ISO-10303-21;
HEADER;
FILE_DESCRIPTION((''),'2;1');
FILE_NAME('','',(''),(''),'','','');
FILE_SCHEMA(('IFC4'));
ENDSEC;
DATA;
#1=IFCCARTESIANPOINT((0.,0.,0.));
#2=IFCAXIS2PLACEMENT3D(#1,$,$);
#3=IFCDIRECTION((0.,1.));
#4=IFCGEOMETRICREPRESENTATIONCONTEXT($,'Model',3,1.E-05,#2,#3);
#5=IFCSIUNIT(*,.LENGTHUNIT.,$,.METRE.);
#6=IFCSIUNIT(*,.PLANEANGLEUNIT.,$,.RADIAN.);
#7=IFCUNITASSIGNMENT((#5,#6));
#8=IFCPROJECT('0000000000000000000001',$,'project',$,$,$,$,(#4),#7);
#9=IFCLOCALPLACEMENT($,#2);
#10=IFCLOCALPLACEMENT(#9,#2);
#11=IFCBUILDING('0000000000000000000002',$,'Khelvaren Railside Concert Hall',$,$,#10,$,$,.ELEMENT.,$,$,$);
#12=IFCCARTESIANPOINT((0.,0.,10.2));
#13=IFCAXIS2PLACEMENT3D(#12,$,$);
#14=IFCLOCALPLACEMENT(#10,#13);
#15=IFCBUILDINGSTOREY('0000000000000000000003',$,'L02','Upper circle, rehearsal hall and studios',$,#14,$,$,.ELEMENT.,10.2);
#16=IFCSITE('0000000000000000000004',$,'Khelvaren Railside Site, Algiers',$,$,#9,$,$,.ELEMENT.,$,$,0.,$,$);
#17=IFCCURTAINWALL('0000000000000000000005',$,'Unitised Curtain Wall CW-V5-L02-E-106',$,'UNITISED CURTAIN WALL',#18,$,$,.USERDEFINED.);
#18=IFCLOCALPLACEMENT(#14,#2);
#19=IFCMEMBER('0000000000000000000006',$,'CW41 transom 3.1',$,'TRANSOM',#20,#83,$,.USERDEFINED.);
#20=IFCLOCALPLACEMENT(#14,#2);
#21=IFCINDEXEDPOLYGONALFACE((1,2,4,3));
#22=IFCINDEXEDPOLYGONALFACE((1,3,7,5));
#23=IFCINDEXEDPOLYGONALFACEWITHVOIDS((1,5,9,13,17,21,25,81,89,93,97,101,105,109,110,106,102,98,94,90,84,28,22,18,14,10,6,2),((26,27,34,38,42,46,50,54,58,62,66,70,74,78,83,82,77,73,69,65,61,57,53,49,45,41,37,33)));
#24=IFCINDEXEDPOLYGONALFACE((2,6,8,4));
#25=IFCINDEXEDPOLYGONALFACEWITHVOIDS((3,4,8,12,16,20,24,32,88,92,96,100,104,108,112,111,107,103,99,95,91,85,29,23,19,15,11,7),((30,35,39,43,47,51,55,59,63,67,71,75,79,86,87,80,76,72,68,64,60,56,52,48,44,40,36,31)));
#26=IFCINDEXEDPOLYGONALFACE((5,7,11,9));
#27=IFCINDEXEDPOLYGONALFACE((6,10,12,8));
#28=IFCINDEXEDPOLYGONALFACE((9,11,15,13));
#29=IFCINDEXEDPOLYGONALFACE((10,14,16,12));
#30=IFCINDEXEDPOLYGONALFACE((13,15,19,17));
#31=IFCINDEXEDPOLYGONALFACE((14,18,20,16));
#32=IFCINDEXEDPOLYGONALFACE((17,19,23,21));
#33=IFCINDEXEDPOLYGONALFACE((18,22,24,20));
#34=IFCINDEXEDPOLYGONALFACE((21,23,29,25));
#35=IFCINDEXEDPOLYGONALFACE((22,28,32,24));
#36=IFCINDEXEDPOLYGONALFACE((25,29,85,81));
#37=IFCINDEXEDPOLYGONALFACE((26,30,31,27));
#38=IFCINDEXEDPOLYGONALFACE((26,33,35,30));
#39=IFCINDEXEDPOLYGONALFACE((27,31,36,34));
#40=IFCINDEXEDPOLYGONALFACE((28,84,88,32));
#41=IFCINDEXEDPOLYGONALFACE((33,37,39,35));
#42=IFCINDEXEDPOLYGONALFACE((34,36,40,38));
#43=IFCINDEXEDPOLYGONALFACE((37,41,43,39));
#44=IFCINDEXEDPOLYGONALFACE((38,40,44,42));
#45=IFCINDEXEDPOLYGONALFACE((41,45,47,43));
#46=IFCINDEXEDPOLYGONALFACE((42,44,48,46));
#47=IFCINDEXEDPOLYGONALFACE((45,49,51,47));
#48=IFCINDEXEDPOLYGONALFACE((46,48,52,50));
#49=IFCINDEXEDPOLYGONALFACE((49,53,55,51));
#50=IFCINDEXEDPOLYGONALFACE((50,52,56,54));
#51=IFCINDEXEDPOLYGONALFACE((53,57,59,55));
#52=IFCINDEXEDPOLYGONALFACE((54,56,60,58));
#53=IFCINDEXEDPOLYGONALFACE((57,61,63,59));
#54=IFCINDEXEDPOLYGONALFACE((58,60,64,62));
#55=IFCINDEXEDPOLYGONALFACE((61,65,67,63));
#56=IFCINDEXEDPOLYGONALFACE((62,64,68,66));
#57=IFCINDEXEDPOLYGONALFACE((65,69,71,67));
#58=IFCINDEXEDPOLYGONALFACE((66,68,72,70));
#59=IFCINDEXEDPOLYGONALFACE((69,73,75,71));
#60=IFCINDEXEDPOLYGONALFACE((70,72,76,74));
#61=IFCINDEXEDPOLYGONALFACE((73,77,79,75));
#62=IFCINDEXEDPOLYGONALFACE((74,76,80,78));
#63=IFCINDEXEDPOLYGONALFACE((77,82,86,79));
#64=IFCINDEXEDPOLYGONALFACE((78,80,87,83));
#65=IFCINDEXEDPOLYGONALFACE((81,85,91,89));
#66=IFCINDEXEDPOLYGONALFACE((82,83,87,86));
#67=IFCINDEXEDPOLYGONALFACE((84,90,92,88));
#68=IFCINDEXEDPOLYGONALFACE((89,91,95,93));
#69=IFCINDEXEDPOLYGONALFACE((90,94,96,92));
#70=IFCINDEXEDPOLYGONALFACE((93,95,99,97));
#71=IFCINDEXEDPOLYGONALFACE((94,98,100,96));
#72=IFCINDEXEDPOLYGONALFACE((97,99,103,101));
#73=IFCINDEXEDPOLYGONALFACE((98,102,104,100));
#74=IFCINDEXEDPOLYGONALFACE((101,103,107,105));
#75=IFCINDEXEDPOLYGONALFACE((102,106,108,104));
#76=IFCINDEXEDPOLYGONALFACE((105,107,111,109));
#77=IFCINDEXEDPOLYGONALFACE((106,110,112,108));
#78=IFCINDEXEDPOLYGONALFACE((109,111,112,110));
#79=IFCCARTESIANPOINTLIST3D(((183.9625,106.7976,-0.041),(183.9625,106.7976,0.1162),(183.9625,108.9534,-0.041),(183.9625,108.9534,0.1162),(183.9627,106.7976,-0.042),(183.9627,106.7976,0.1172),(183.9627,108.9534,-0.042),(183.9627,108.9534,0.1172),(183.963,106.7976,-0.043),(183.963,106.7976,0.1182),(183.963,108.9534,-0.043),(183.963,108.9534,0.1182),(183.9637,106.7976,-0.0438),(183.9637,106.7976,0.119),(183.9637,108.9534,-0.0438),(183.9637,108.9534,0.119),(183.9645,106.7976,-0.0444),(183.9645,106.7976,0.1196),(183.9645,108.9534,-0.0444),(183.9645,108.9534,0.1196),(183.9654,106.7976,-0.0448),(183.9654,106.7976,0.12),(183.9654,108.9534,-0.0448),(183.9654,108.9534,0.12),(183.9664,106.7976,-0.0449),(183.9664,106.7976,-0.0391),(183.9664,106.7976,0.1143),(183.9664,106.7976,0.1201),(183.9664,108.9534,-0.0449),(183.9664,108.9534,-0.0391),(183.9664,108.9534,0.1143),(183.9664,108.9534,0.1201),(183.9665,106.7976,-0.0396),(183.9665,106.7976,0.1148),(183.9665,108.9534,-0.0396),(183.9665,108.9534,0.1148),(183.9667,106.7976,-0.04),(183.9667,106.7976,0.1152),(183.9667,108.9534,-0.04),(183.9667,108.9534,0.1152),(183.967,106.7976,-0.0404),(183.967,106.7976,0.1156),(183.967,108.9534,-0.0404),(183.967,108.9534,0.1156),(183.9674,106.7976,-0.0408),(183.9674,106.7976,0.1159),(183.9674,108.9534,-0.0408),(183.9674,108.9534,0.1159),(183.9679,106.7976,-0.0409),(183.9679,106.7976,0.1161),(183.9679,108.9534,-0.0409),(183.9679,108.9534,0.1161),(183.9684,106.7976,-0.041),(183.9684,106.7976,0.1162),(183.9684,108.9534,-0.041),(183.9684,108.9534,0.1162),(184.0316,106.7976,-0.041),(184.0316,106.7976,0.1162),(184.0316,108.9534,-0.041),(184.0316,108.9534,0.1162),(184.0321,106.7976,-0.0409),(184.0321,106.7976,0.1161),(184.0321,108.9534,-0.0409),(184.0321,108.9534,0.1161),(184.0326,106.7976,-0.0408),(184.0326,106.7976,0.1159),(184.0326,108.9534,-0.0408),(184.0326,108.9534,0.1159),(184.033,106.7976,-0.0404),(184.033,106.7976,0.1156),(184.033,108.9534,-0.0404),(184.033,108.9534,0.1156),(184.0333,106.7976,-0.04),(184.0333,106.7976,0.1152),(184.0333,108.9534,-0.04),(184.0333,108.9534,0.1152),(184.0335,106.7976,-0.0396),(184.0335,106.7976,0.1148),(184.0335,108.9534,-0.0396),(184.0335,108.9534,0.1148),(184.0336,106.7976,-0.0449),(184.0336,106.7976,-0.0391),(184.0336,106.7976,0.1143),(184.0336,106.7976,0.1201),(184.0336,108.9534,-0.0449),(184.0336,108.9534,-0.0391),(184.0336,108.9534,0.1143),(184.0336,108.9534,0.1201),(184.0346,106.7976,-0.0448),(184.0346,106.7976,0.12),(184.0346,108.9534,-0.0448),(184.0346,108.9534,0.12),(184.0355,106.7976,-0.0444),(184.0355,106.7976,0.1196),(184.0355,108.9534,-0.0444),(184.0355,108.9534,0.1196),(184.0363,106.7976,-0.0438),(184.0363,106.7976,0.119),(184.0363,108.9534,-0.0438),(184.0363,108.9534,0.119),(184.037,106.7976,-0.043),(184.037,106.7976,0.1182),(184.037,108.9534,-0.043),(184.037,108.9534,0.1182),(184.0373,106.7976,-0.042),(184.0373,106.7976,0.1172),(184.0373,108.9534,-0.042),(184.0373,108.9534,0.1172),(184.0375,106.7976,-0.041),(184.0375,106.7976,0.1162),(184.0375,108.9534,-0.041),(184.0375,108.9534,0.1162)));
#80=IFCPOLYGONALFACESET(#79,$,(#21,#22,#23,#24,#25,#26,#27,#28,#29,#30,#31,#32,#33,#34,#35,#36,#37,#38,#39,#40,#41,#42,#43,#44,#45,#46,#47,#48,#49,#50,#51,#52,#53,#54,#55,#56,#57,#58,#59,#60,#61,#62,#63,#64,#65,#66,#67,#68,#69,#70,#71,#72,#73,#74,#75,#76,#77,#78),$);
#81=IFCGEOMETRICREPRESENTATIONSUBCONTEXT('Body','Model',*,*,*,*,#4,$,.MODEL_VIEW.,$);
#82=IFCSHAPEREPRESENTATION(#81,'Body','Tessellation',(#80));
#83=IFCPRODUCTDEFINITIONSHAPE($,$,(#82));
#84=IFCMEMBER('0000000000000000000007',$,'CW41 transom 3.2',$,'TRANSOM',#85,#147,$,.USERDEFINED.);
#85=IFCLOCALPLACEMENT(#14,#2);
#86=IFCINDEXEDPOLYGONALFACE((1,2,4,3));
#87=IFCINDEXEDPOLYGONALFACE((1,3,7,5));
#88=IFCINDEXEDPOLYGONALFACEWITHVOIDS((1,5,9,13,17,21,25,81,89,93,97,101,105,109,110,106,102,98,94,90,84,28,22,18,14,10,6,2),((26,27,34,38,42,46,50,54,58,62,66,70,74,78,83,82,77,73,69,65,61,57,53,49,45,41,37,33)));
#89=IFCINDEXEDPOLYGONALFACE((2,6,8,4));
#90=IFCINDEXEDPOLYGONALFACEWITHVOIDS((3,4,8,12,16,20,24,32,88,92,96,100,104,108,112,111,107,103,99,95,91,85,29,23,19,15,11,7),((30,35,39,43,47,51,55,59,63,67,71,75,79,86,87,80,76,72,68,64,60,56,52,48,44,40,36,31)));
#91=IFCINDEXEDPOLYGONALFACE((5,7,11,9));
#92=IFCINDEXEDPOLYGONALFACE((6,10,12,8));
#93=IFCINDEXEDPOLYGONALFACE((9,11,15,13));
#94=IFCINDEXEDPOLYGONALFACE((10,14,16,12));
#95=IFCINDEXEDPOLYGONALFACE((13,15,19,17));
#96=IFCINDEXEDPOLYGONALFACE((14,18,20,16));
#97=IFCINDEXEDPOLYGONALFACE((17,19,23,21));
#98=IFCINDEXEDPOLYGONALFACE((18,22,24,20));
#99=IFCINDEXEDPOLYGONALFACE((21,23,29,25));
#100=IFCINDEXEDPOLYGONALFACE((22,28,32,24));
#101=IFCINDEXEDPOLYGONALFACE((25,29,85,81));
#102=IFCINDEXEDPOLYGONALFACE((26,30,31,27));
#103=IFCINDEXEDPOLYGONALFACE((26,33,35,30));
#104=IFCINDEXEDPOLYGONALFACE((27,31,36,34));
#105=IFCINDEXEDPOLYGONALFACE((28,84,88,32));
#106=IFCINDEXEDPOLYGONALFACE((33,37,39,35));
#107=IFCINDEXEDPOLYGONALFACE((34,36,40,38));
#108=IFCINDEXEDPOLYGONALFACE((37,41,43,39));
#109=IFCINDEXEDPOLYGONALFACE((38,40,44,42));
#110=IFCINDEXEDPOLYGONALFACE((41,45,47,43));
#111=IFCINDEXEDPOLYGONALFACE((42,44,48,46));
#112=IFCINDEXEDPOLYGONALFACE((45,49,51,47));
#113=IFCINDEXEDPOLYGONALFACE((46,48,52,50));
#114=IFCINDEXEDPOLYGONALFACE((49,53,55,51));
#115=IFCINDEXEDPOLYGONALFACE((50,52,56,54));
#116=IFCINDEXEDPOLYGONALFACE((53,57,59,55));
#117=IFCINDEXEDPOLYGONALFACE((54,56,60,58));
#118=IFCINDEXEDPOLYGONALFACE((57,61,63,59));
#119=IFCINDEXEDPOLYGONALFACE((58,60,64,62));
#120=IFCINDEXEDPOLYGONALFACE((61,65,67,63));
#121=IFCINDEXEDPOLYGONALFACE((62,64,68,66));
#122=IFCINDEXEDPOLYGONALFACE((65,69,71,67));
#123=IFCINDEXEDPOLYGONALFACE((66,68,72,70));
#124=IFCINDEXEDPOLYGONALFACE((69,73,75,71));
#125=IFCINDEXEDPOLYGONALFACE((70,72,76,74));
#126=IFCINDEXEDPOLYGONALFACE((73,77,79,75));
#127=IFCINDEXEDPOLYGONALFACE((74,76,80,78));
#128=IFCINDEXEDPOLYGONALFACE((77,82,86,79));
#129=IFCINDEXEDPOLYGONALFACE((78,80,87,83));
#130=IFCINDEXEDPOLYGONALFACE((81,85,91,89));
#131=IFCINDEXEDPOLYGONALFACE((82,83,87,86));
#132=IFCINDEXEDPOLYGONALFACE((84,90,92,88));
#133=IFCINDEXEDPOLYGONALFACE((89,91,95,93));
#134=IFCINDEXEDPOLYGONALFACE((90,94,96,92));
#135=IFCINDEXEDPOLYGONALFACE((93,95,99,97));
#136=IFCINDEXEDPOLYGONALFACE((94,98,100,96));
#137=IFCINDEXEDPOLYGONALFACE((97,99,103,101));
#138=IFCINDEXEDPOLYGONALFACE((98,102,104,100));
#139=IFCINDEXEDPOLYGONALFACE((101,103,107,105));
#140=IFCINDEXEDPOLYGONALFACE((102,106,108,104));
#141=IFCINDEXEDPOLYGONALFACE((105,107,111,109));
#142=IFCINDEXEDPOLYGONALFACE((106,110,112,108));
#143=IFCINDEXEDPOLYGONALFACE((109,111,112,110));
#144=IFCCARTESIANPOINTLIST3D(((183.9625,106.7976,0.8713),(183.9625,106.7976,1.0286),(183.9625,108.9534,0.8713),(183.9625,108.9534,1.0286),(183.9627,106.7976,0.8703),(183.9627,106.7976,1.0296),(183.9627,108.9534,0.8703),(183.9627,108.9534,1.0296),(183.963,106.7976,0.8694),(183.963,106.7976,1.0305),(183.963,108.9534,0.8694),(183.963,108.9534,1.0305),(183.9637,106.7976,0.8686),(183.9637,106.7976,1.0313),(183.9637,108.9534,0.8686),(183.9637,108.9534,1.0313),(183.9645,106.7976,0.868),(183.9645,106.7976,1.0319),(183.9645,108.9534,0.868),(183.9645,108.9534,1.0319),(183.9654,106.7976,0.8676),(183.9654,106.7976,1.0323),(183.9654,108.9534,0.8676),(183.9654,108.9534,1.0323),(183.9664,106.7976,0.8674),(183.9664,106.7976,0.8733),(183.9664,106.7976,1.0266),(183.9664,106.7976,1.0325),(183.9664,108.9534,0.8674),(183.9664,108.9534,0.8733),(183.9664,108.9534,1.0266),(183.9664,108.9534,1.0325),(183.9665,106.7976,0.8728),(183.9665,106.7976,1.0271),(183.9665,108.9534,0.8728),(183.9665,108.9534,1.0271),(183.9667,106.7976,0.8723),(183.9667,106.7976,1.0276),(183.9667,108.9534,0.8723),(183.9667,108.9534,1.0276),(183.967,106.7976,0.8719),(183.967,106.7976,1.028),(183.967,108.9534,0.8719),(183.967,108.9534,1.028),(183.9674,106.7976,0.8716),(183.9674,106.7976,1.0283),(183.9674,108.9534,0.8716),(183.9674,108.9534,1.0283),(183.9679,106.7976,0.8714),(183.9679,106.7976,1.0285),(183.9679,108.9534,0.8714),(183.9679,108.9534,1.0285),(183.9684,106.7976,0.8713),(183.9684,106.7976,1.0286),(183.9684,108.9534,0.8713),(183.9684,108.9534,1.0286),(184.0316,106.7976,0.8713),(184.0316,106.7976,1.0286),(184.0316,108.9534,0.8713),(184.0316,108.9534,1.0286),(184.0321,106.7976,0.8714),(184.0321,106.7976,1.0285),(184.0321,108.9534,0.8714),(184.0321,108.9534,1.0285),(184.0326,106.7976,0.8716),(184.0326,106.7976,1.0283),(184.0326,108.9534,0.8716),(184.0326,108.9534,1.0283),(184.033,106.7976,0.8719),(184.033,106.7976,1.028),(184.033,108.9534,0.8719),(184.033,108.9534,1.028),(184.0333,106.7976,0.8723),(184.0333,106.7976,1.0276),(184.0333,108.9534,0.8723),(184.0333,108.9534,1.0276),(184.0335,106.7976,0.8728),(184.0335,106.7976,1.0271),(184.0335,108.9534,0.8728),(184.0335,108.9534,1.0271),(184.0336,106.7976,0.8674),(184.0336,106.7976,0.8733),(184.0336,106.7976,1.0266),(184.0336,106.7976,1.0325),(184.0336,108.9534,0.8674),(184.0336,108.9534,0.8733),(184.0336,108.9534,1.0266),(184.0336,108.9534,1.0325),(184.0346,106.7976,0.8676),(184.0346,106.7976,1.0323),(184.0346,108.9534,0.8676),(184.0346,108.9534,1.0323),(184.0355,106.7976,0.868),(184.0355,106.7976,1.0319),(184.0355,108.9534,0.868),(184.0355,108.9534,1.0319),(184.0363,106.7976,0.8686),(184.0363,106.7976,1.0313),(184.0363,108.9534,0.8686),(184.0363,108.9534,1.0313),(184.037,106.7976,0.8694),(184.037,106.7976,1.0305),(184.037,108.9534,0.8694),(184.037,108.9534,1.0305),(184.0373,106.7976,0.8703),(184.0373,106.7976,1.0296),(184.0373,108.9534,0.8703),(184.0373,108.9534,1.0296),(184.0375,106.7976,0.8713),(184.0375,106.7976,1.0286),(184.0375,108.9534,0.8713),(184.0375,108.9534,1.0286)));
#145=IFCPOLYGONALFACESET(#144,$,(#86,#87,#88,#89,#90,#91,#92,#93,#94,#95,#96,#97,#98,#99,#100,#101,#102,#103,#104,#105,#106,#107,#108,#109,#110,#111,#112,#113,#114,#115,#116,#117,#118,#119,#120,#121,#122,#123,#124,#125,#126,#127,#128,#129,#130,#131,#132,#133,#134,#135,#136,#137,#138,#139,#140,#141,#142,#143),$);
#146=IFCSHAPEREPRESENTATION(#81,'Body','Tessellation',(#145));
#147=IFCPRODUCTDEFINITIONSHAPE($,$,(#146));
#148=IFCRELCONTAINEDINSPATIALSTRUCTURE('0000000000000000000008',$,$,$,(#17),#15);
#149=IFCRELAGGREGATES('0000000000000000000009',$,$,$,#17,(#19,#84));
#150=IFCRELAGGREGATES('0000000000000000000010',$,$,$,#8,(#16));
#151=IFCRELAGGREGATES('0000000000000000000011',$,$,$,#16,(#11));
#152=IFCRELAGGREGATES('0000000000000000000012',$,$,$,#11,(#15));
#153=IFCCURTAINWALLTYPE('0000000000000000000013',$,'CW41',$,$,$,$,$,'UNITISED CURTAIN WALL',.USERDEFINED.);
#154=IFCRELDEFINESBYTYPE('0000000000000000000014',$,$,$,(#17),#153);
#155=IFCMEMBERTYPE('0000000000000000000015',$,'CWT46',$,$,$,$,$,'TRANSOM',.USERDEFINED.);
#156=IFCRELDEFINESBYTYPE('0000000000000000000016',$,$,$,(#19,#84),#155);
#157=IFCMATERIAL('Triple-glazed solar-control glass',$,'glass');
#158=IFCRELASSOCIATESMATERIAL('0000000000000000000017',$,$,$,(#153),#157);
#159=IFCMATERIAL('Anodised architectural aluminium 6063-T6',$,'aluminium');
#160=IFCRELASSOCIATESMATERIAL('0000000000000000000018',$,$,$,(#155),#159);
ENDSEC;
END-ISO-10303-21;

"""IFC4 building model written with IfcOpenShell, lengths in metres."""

from ifc_helpers import new_model, si_unit, direction, frame, origin, origin_2d, place, context, subcontext, project, spatial, hollow_rectangle, extrude, material, material_profile, profile_set, type_object, element, aggregate, save


model = new_model("IFC4")

# Units and contexts
model_context = context("Model", 3, precision=1e-05, world=origin(), true_north=direction((0.0, 1.0)))
body_context = subcontext(model_context, "Body", "Model", "MODEL_VIEW")
ifc_project = project(units=[si_unit("LENGTHUNIT", "METRE"), si_unit("PLANEANGLEUNIT", "RADIAN")], contexts=[model_context])

# Site, building, storey
site_placement = place(None, origin())
site = spatial("IfcSite", under=ifc_project, at=site_placement, Name="Khelvaren Railside Site, Algiers", CompositionType="ELEMENT", RefElevation=0.0)
building_placement = place(site_placement, origin())
building = spatial("IfcBuilding", under=site, at=building_placement, Name="Khelvaren Railside Concert Hall", CompositionType="ELEMENT")
storey_placement = place(building_placement, frame((0.0, 0.0, 10.2)))
storey = spatial("IfcBuildingStorey", under=building, at=storey_placement, Name="L02", Description="Upper circle, rehearsal hall and studios", CompositionType="ELEMENT", Elevation=10.2)

# Curtain wall, members
ifc_material_1 = material(Name="Triple-glazed solar-control glass", Category="glass")
curtain_wall_type = type_object("IfcCurtainWallType", Name="CW41", ElementType="UNITISED CURTAIN WALL", PredefinedType="USERDEFINED", material=ifc_material_1)
curtain_wall_placement = place(storey_placement, origin())
curtain_wall = element("IfcCurtainWall", 1, at=curtain_wall_placement, inside=storey, type_object=curtain_wall_type, Name="Unitised Curtain Wall CW-V5-L02-E-106", ObjectType="UNITISED CURTAIN WALL", PredefinedType="USERDEFINED")
ifc_material_2 = material(Name="Anodised architectural aluminium 6063-T6", Category="aluminium")
ifc_material_profile_1 = material_profile(ifc_material_2, hollow_rectangle(XDim=0.075, YDim=0.165, WallThickness=0.0039, InnerFilletRadius=0.002, OuterFilletRadius=0.0039, at=origin_2d()), Name="CWT 75x165x4")
ifc_profile_set_1 = profile_set([ifc_material_profile_1], Name="Anodised architectural aluminium 6063-T6")
member_type_1 = type_object("IfcMemberType", Name="CWT46", ElementType="TRANSOM", PredefinedType="USERDEFINED", material=ifc_profile_set_1)
member_1_placement = place(storey_placement, frame((184.0, 108.9534, 0.0376), z_axis=(0.0, -1.0, 0.0), x_axis=(1.0, 0.0, 0.0)))
member_1 = element("IfcMember", 2, at=member_1_placement, type_object=member_type_1, Name="CW41 transom 3.1", ObjectType="TRANSOM", PredefinedType="USERDEFINED", context=body_context, shape_type="SweptSolid", body=[
    extrude(hollow_rectangle(XDim=0.075, YDim=0.165, WallThickness=0.0039, InnerFilletRadius=0.002, OuterFilletRadius=0.0039, at=origin_2d()), origin(), (0.0, 0.0, 1.0), 2.1558),
])
member_2_placement = place(storey_placement, frame((184.0, 108.9534, 0.95), z_axis=(0.0, -1.0, 0.0), x_axis=(1.0, 0.0, 0.0)))
member_2 = element("IfcMember", 3, at=member_2_placement, type_object=member_type_1, Name="CW41 transom 3.2", ObjectType="TRANSOM", PredefinedType="USERDEFINED", context=body_context, shape_type="SweptSolid", body=[
    extrude(hollow_rectangle(XDim=0.075, YDim=0.165, WallThickness=0.0039, InnerFilletRadius=0.002, OuterFilletRadius=0.0039, at=origin_2d()), origin(), (0.0, 0.0, 1.0), 2.1558),
])
aggregate(curtain_wall, [member_1, member_2])

save(model, "model.ifc")
